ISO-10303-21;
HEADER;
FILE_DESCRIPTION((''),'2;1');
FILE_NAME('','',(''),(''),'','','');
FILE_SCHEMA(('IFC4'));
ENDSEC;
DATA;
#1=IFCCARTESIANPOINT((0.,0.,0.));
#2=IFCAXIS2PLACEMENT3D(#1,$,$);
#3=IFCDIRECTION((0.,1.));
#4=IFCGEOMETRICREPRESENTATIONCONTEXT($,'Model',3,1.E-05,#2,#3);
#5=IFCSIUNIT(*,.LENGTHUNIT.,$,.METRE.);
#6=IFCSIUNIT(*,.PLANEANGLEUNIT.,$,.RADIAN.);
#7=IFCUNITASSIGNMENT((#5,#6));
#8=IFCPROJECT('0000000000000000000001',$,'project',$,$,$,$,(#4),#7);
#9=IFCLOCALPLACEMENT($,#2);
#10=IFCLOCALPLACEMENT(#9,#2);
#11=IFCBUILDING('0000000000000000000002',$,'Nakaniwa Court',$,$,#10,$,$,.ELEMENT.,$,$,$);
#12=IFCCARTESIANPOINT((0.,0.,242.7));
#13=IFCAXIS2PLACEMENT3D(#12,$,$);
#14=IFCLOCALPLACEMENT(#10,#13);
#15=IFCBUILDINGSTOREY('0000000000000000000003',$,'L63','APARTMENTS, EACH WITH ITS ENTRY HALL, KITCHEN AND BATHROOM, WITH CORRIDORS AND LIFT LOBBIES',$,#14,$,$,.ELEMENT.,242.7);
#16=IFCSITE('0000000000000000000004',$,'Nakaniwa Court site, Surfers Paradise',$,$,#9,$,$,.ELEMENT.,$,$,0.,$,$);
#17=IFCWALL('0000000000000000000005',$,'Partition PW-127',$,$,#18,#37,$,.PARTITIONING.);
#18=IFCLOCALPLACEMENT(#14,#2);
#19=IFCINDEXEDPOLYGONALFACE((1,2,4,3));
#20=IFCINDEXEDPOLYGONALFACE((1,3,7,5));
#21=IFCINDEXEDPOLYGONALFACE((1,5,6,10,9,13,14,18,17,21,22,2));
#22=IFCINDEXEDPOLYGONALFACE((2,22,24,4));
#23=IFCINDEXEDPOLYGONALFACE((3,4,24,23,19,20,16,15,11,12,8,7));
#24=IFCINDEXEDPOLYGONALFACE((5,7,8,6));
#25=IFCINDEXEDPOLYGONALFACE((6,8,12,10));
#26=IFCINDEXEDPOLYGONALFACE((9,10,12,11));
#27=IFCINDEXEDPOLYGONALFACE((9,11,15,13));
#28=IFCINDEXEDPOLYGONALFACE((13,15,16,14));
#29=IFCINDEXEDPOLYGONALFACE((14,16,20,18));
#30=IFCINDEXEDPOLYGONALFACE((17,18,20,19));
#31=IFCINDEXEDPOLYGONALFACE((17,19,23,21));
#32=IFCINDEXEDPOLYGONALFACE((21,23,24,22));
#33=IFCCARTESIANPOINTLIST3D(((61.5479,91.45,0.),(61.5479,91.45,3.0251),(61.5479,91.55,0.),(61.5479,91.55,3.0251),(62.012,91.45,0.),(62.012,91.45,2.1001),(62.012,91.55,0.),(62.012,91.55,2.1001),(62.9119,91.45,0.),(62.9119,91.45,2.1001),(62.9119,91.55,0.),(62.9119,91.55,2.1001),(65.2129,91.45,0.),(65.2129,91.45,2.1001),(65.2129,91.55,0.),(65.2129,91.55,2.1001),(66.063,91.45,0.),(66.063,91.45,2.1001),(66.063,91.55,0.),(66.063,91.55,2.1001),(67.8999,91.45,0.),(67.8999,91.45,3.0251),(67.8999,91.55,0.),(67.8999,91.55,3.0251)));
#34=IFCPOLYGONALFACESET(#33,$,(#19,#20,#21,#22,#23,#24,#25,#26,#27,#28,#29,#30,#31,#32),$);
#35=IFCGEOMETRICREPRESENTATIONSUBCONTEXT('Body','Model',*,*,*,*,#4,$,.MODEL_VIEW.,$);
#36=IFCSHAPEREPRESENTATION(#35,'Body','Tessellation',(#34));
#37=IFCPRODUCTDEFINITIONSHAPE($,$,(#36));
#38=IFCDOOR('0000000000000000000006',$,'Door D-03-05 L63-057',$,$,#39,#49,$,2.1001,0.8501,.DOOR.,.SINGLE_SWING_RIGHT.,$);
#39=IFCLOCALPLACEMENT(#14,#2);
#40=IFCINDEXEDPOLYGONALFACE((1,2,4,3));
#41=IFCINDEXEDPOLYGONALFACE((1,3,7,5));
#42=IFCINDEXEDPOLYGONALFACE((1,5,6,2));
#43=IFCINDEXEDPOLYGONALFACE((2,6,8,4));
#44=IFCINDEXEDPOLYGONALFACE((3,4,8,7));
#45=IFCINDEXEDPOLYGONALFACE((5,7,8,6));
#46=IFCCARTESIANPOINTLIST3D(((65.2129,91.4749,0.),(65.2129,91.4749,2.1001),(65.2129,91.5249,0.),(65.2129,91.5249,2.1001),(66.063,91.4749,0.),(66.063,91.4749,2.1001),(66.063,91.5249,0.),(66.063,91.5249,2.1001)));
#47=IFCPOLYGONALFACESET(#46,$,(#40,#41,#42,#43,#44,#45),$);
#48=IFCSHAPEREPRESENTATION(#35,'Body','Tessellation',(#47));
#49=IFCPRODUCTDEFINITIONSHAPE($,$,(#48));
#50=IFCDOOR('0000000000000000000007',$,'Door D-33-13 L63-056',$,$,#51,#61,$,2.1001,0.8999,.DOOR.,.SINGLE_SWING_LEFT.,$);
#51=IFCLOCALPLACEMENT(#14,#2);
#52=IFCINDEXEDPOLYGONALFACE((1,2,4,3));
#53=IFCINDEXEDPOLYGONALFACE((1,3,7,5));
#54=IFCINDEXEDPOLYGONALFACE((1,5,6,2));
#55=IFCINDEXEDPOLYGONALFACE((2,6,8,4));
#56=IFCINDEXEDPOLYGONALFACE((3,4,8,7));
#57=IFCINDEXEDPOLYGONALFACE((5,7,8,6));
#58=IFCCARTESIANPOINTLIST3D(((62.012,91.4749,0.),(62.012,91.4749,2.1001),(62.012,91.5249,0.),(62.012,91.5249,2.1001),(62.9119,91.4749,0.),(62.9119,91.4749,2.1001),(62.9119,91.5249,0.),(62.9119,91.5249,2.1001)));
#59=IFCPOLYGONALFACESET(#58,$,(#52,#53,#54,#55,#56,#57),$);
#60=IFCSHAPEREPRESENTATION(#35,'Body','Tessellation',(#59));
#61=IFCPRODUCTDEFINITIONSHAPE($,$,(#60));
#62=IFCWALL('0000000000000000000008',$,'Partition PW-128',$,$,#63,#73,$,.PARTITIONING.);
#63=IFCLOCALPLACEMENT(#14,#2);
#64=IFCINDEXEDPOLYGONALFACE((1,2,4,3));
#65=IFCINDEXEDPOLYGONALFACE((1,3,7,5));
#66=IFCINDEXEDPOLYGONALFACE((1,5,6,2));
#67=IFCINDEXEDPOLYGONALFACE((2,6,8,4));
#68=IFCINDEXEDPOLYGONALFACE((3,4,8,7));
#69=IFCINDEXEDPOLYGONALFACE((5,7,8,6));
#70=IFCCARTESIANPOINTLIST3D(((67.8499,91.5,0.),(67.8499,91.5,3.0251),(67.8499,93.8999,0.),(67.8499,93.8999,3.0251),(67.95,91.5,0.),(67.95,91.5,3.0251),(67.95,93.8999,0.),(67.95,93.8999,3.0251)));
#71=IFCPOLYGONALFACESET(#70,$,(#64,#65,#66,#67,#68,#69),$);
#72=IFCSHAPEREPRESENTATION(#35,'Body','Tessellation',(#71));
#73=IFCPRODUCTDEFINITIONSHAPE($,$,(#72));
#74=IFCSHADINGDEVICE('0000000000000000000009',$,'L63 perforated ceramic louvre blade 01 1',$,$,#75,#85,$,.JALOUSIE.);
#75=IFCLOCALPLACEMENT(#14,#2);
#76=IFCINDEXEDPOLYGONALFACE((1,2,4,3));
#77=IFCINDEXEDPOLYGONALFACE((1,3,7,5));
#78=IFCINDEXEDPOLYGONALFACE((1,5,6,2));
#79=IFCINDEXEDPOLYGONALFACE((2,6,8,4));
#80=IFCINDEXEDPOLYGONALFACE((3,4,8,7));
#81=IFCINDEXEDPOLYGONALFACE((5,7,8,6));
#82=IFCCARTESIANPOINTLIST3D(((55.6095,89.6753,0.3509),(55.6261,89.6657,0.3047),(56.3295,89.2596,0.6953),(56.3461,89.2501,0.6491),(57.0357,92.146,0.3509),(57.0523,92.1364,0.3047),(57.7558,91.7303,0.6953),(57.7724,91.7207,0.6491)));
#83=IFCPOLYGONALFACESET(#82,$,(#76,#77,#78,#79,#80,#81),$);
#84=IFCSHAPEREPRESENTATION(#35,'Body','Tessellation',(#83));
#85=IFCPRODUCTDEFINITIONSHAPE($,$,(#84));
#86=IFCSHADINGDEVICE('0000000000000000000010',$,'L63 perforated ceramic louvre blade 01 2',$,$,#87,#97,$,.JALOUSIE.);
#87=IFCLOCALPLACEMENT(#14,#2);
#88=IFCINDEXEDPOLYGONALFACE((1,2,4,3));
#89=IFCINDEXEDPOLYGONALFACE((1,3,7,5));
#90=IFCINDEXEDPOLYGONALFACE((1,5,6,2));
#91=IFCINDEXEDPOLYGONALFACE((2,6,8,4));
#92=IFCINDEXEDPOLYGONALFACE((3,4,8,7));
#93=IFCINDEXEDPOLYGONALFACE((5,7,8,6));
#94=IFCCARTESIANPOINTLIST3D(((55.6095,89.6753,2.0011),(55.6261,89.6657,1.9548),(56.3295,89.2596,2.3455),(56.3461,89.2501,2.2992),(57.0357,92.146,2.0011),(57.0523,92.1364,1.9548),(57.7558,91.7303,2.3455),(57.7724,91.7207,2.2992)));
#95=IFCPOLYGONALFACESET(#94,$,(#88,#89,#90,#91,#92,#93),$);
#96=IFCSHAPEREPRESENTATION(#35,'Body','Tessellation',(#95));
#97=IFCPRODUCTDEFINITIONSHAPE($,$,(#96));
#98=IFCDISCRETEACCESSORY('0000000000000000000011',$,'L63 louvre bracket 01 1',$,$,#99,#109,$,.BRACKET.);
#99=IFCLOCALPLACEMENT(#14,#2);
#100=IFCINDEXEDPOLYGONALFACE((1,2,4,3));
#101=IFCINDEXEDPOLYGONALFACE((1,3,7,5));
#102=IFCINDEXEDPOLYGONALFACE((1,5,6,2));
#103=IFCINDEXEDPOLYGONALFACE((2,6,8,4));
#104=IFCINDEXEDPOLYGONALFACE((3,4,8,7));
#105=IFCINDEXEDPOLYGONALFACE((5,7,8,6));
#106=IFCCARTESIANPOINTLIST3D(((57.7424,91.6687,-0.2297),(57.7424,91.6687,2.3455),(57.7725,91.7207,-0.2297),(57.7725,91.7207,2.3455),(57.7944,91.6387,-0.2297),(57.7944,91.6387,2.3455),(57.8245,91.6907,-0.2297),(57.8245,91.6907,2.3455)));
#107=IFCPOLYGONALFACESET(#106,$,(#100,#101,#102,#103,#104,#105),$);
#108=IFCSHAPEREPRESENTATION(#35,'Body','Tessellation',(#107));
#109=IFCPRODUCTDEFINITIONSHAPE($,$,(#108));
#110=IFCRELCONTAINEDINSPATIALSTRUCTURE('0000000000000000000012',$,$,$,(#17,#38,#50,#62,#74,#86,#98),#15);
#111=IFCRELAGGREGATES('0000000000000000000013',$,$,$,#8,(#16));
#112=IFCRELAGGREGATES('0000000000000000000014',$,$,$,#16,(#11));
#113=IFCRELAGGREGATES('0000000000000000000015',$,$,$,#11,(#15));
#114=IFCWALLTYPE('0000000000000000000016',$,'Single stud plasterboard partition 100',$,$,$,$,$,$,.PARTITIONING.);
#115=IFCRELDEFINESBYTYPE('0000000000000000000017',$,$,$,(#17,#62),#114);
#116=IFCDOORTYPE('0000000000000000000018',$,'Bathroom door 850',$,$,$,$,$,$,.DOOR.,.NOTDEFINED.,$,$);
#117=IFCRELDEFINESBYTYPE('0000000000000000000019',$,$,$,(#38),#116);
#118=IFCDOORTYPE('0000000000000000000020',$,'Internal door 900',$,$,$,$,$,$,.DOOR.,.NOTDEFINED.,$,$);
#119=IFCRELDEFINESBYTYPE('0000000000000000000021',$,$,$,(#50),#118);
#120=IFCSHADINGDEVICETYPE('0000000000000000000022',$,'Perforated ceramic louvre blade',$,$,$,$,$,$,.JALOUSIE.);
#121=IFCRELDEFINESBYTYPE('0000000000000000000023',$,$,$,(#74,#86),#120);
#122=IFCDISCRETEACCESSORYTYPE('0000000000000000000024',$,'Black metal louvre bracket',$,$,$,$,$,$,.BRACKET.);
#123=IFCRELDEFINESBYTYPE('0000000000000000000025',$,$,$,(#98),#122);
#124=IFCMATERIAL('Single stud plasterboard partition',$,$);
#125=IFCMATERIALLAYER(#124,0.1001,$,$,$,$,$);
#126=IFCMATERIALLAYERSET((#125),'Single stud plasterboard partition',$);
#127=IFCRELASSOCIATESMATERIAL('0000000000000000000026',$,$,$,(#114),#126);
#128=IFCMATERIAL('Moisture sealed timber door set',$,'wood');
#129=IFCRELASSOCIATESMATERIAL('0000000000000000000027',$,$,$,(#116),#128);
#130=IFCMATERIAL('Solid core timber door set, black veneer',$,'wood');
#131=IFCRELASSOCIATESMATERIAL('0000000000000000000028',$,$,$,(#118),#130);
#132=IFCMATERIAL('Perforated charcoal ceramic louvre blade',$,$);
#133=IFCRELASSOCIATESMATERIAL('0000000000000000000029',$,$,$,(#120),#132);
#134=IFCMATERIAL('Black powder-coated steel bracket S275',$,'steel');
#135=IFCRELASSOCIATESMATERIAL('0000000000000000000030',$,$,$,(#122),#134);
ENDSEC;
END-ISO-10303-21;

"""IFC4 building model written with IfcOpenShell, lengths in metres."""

from ifc_helpers import new_model, si_unit, direction, frame, frame_2d, origin, origin_2d, place, context, subcontext, project, spatial, rectangle, extrude, material, layer, layer_set, material_profile, profile_set, type_object, element, fill, save


model = new_model("IFC4")

# Units and contexts
model_context = context("Model", 3, precision=1e-05, world=origin(), true_north=direction((0.0, 1.0)))
body_context = subcontext(model_context, "Body", "Model", "MODEL_VIEW")
ifc_project = project(units=[si_unit("LENGTHUNIT", "METRE"), si_unit("PLANEANGLEUNIT", "RADIAN")], contexts=[model_context])

# Site, building, storey
site_placement = place(None, origin())
site = spatial("IfcSite", under=ifc_project, at=site_placement, Name="Nakaniwa Court site, Surfers Paradise", CompositionType="ELEMENT", RefElevation=0.0)
building_placement = place(site_placement, origin())
building = spatial("IfcBuilding", under=site, at=building_placement, Name="Nakaniwa Court", CompositionType="ELEMENT")
storey_placement = place(building_placement, frame((0.0, 0.0, 242.7)))
storey = spatial("IfcBuildingStorey", under=building, at=storey_placement, Name="L63", Description="APARTMENTS, EACH WITH ITS ENTRY HALL, KITCHEN AND BATHROOM, WITH CORRIDORS AND LIFT LOBBIES", CompositionType="ELEMENT", Elevation=242.7)

# Shared definitions
ifc_material_1 = material(Name="Single stud plasterboard partition")
ifc_layer_1 = layer(ifc_material_1, 0.1001)
ifc_layer_set_1 = layer_set([ifc_layer_1], Name="Single stud plasterboard partition")
wall_type_1 = type_object("IfcWallType", Name="Single stud plasterboard partition 100", PredefinedType="PARTITIONING", material=ifc_layer_set_1)

# Wall, openings, doors
wall_1_placement = place(storey_placement, frame((61.5479, 91.5, 0.0), z_axis=(0.0, 0.0, 1.0), x_axis=(1.0, 0.0, 0.0)))
wall_1 = element("IfcWall", 1, at=wall_1_placement, inside=storey, type_object=wall_type_1, Name="Partition PW-127", PredefinedType="PARTITIONING", context=body_context, shape_type="SweptSolid", body=[
    extrude(rectangle(XDim=6.3521, YDim=0.1001, at=frame_2d((3.176, 0.0))), origin(), (0.0, 0.0, 1.0), 3.0251),
])
opening_1_placement = place(wall_1_placement, frame((0.4641, 0.0, 0.0)))
opening_1 = element("IfcOpeningElement", 2, at=opening_1_placement, cuts=wall_1, PredefinedType="OPENING", context=body_context, shape_type="SweptSolid", body=[
    extrude(rectangle(XDim=0.8999, YDim=2.1001, at=frame_2d((0.45, 1.05))), frame((0.0, 0.0601, 0.0), z_axis=(0.0, -1.0, 0.0), x_axis=(1.0, 0.0, 0.0)), (0.0, 0.0, 1.0), 0.1201),
])
opening_2_placement = place(wall_1_placement, frame((3.665, 0.0, 0.0)))
opening_2 = element("IfcOpeningElement", 3, at=opening_2_placement, cuts=wall_1, PredefinedType="OPENING", context=body_context, shape_type="SweptSolid", body=[
    extrude(rectangle(XDim=0.8501, YDim=2.1001, at=frame_2d((0.425, 1.05))), frame((0.0, 0.0601, 0.0), z_axis=(0.0, -1.0, 0.0), x_axis=(1.0, 0.0, 0.0)), (0.0, 0.0, 1.0), 0.1201),
])
ifc_material_2 = material(Name="Moisture sealed timber door set", Category="wood")
door_type_1 = type_object("IfcDoorType", Name="Bathroom door 850", OperationType="NOTDEFINED", PredefinedType="DOOR", material=ifc_material_2)
door_1_placement = place(opening_2_placement, origin())
door_1 = element("IfcDoor", 4, at=door_1_placement, inside=storey, type_object=door_type_1, Name="Door D-03-05 L63-057", OperationType="SINGLE_SWING_RIGHT", OverallHeight=2.1001, OverallWidth=0.8501, PredefinedType="DOOR", context=body_context, shape_type="SweptSolid", body=[
    extrude(rectangle(XDim=0.8501, YDim=2.1001, at=frame_2d((0.425, 1.05))), frame((0.0, 0.0249, 0.0), z_axis=(0.0, -1.0, 0.0), x_axis=(1.0, 0.0, 0.0)), (0.0, 0.0, 1.0), 0.05),
])
fill(opening_2, door_1)
ifc_material_3 = material(Name="Solid core timber door set, black veneer", Category="wood")
door_type_2 = type_object("IfcDoorType", Name="Internal door 900", OperationType="NOTDEFINED", PredefinedType="DOOR", material=ifc_material_3)
door_2_placement = place(opening_1_placement, origin())
door_2 = element("IfcDoor", 5, at=door_2_placement, inside=storey, type_object=door_type_2, Name="Door D-33-13 L63-056", OperationType="SINGLE_SWING_LEFT", OverallHeight=2.1001, OverallWidth=0.8999, PredefinedType="DOOR", context=body_context, shape_type="SweptSolid", body=[
    extrude(rectangle(XDim=0.8999, YDim=2.1001, at=frame_2d((0.45, 1.05))), frame((0.0, 0.0249, 0.0), z_axis=(0.0, -1.0, 0.0), x_axis=(1.0, 0.0, 0.0)), (0.0, 0.0, 1.0), 0.05),
])
fill(opening_1, door_2)

# Wall
wall_2_placement = place(storey_placement, frame((67.8999, 91.5, 0.0), z_axis=(0.0, 0.0, 1.0), x_axis=(0.0, 1.0, 0.0)))
element("IfcWall", 6, at=wall_2_placement, inside=storey, type_object=wall_type_1, Name="Partition PW-128", PredefinedType="PARTITIONING", context=body_context, shape_type="SweptSolid", body=[
    extrude(rectangle(XDim=2.3999, YDim=0.1001, at=frame_2d((1.2, 0.0))), origin(), (0.0, 0.0, 1.0), 3.0251),
])

# Shading devices
ifc_material_4 = material(Name="Perforated charcoal ceramic louvre blade")
ifc_material_profile_1 = material_profile(ifc_material_4, rectangle(XDim=0.8999, YDim=0.05, at=origin_2d()), Name="Perforated ceramic louvre blade")
ifc_profile_set_1 = profile_set([ifc_material_profile_1], Name="Perforated charcoal ceramic louvre blade")
shading_device_type = type_object("IfcShadingDeviceType", Name="Perforated ceramic louvre blade", PredefinedType="JALOUSIE", material=ifc_profile_set_1)
for number, where, z_axis, x_axis, name in (
    (7, (57.4041, 91.9333, 0.5), (-0.49995, -0.866054, 0.0), (0.80013, -0.461893, 0.382683), "L63 perforated ceramic louvre blade 01 1"),
    (8, (57.4041, 91.9333, 2.1501), (-0.49995, -0.866054, 0.0), (0.80013, -0.461893, 0.382683), "L63 perforated ceramic louvre blade 01 2"),
):
    element("IfcShadingDevice", number, at=place(storey_placement, frame(where, z_axis=z_axis, x_axis=x_axis)), inside=storey, type_object=shading_device_type, Name=name, PredefinedType="JALOUSIE", context=body_context, shape_type="SweptSolid", body=[
        extrude(rectangle(XDim=0.8999, YDim=0.05, at=origin_2d()), origin(), (0.0, 0.0, 1.0), 2.8528),
    ])

# Discrete accessory
ifc_material_5 = material(Name="Black powder-coated steel bracket S275", Category="steel")
discrete_accessory_type = type_object("IfcDiscreteAccessoryType", Name="Black metal louvre bracket", PredefinedType="BRACKET", material=ifc_material_5)
discrete_accessory_placement = place(storey_placement, frame((57.7834, 91.6797, -0.2297), z_axis=(0.0, 0.0, 1.0), x_axis=(-0.499986, -0.866033, 0.0)))
element("IfcDiscreteAccessory", 9, at=discrete_accessory_placement, inside=storey, type_object=discrete_accessory_type, Name="L63 louvre bracket 01 1", PredefinedType="BRACKET", context=body_context, shape_type="SweptSolid", body=[
    extrude(rectangle(XDim=0.0601, YDim=0.0601, at=origin_2d()), origin(), (0.0, 0.0, 1.0), 2.5752),
])

save(model, "model.ifc")
